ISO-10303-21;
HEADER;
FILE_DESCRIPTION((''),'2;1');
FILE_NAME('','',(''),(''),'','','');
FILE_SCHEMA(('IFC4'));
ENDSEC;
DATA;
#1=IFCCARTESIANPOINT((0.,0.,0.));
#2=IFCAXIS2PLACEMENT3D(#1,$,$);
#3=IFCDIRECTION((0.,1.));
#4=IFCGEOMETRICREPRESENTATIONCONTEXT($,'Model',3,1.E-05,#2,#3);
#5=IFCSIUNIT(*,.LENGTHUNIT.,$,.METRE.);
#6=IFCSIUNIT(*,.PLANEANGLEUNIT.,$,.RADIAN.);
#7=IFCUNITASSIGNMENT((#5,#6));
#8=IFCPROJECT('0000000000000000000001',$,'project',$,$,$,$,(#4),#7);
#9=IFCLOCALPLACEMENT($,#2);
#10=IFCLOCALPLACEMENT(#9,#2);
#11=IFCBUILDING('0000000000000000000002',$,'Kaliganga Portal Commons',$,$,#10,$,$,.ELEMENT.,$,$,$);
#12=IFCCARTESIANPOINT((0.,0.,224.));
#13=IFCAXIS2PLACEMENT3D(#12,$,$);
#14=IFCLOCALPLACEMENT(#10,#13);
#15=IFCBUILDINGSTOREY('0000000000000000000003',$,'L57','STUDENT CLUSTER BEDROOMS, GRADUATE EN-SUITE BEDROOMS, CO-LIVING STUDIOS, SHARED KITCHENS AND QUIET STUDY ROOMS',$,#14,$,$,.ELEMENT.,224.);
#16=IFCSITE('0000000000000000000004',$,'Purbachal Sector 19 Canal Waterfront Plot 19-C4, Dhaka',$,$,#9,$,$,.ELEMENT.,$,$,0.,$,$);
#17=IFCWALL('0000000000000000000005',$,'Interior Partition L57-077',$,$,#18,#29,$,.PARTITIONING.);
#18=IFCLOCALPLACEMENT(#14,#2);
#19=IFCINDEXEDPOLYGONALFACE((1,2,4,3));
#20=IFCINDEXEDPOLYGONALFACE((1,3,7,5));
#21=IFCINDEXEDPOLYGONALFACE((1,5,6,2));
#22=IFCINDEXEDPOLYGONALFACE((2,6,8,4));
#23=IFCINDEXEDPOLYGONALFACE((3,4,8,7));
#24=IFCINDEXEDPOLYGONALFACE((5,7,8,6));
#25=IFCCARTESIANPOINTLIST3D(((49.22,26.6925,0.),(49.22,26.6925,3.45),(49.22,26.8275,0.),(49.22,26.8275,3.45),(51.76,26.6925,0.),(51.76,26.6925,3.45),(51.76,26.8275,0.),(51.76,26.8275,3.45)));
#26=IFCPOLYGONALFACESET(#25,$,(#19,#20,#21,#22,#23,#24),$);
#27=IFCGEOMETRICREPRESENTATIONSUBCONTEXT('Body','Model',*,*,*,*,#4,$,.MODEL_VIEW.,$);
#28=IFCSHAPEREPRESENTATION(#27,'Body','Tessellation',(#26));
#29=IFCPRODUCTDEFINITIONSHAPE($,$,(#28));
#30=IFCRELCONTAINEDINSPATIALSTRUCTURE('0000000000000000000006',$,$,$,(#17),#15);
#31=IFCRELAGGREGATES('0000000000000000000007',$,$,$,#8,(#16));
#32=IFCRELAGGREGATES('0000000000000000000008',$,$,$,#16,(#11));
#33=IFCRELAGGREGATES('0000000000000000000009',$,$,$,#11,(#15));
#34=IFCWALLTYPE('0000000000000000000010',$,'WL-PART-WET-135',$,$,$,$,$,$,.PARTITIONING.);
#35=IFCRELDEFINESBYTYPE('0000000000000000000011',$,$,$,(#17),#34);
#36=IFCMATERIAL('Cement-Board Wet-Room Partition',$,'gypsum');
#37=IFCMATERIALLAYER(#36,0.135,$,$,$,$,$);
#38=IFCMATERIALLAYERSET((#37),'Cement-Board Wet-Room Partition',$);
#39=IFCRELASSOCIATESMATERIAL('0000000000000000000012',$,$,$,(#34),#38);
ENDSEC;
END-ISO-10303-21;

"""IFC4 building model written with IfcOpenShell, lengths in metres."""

from ifc_helpers import new_model, si_unit, direction, frame, frame_2d, origin, place, context, subcontext, project, spatial, rectangle, extrude, material, layer, layer_set, type_object, element, save


model = new_model("IFC4")

# Units and contexts
model_context = context("Model", 3, precision=1e-05, world=origin(), true_north=direction((0.0, 1.0)))
body_context = subcontext(model_context, "Body", "Model", "MODEL_VIEW")
ifc_project = project(units=[si_unit("LENGTHUNIT", "METRE"), si_unit("PLANEANGLEUNIT", "RADIAN")], contexts=[model_context])

# Site, building, storey
site_placement = place(None, origin())
site = spatial("IfcSite", under=ifc_project, at=site_placement, Name="Purbachal Sector 19 Canal Waterfront Plot 19-C4, Dhaka", CompositionType="ELEMENT", RefElevation=0.0)
building_placement = place(site_placement, origin())
building = spatial("IfcBuilding", under=site, at=building_placement, Name="Kaliganga Portal Commons", CompositionType="ELEMENT")
storey_placement = place(building_placement, frame((0.0, 0.0, 224.0)))
storey = spatial("IfcBuildingStorey", under=building, at=storey_placement, Name="L57", Description="STUDENT CLUSTER BEDROOMS, GRADUATE EN-SUITE BEDROOMS, CO-LIVING STUDIOS, SHARED KITCHENS AND QUIET STUDY ROOMS", CompositionType="ELEMENT", Elevation=224.0)

# Wall
ifc_material_1 = material(Name="Cement-Board Wet-Room Partition", Category="gypsum")
ifc_layer_1 = layer(ifc_material_1, 0.135)
ifc_layer_set_1 = layer_set([ifc_layer_1], Name="Cement-Board Wet-Room Partition")
wall_type_1 = type_object("IfcWallType", Name="WL-PART-WET-135", PredefinedType="PARTITIONING", material=ifc_layer_set_1)
wall_1_placement = place(storey_placement, frame((49.22, 26.76, 0.0), z_axis=(0.0, 0.0, 1.0), x_axis=(1.0, 0.0, 0.0)))
element("IfcWall", 1, at=wall_1_placement, inside=storey, type_object=wall_type_1, Name="Interior Partition L57-077", PredefinedType="PARTITIONING", context=body_context, shape_type="SweptSolid", body=[
    extrude(rectangle(XDim=2.54, YDim=0.135, at=frame_2d((1.27, 0.0))), origin(), (0.0, 0.0, 1.0), 3.45),
])

save(model, "model.ifc")
